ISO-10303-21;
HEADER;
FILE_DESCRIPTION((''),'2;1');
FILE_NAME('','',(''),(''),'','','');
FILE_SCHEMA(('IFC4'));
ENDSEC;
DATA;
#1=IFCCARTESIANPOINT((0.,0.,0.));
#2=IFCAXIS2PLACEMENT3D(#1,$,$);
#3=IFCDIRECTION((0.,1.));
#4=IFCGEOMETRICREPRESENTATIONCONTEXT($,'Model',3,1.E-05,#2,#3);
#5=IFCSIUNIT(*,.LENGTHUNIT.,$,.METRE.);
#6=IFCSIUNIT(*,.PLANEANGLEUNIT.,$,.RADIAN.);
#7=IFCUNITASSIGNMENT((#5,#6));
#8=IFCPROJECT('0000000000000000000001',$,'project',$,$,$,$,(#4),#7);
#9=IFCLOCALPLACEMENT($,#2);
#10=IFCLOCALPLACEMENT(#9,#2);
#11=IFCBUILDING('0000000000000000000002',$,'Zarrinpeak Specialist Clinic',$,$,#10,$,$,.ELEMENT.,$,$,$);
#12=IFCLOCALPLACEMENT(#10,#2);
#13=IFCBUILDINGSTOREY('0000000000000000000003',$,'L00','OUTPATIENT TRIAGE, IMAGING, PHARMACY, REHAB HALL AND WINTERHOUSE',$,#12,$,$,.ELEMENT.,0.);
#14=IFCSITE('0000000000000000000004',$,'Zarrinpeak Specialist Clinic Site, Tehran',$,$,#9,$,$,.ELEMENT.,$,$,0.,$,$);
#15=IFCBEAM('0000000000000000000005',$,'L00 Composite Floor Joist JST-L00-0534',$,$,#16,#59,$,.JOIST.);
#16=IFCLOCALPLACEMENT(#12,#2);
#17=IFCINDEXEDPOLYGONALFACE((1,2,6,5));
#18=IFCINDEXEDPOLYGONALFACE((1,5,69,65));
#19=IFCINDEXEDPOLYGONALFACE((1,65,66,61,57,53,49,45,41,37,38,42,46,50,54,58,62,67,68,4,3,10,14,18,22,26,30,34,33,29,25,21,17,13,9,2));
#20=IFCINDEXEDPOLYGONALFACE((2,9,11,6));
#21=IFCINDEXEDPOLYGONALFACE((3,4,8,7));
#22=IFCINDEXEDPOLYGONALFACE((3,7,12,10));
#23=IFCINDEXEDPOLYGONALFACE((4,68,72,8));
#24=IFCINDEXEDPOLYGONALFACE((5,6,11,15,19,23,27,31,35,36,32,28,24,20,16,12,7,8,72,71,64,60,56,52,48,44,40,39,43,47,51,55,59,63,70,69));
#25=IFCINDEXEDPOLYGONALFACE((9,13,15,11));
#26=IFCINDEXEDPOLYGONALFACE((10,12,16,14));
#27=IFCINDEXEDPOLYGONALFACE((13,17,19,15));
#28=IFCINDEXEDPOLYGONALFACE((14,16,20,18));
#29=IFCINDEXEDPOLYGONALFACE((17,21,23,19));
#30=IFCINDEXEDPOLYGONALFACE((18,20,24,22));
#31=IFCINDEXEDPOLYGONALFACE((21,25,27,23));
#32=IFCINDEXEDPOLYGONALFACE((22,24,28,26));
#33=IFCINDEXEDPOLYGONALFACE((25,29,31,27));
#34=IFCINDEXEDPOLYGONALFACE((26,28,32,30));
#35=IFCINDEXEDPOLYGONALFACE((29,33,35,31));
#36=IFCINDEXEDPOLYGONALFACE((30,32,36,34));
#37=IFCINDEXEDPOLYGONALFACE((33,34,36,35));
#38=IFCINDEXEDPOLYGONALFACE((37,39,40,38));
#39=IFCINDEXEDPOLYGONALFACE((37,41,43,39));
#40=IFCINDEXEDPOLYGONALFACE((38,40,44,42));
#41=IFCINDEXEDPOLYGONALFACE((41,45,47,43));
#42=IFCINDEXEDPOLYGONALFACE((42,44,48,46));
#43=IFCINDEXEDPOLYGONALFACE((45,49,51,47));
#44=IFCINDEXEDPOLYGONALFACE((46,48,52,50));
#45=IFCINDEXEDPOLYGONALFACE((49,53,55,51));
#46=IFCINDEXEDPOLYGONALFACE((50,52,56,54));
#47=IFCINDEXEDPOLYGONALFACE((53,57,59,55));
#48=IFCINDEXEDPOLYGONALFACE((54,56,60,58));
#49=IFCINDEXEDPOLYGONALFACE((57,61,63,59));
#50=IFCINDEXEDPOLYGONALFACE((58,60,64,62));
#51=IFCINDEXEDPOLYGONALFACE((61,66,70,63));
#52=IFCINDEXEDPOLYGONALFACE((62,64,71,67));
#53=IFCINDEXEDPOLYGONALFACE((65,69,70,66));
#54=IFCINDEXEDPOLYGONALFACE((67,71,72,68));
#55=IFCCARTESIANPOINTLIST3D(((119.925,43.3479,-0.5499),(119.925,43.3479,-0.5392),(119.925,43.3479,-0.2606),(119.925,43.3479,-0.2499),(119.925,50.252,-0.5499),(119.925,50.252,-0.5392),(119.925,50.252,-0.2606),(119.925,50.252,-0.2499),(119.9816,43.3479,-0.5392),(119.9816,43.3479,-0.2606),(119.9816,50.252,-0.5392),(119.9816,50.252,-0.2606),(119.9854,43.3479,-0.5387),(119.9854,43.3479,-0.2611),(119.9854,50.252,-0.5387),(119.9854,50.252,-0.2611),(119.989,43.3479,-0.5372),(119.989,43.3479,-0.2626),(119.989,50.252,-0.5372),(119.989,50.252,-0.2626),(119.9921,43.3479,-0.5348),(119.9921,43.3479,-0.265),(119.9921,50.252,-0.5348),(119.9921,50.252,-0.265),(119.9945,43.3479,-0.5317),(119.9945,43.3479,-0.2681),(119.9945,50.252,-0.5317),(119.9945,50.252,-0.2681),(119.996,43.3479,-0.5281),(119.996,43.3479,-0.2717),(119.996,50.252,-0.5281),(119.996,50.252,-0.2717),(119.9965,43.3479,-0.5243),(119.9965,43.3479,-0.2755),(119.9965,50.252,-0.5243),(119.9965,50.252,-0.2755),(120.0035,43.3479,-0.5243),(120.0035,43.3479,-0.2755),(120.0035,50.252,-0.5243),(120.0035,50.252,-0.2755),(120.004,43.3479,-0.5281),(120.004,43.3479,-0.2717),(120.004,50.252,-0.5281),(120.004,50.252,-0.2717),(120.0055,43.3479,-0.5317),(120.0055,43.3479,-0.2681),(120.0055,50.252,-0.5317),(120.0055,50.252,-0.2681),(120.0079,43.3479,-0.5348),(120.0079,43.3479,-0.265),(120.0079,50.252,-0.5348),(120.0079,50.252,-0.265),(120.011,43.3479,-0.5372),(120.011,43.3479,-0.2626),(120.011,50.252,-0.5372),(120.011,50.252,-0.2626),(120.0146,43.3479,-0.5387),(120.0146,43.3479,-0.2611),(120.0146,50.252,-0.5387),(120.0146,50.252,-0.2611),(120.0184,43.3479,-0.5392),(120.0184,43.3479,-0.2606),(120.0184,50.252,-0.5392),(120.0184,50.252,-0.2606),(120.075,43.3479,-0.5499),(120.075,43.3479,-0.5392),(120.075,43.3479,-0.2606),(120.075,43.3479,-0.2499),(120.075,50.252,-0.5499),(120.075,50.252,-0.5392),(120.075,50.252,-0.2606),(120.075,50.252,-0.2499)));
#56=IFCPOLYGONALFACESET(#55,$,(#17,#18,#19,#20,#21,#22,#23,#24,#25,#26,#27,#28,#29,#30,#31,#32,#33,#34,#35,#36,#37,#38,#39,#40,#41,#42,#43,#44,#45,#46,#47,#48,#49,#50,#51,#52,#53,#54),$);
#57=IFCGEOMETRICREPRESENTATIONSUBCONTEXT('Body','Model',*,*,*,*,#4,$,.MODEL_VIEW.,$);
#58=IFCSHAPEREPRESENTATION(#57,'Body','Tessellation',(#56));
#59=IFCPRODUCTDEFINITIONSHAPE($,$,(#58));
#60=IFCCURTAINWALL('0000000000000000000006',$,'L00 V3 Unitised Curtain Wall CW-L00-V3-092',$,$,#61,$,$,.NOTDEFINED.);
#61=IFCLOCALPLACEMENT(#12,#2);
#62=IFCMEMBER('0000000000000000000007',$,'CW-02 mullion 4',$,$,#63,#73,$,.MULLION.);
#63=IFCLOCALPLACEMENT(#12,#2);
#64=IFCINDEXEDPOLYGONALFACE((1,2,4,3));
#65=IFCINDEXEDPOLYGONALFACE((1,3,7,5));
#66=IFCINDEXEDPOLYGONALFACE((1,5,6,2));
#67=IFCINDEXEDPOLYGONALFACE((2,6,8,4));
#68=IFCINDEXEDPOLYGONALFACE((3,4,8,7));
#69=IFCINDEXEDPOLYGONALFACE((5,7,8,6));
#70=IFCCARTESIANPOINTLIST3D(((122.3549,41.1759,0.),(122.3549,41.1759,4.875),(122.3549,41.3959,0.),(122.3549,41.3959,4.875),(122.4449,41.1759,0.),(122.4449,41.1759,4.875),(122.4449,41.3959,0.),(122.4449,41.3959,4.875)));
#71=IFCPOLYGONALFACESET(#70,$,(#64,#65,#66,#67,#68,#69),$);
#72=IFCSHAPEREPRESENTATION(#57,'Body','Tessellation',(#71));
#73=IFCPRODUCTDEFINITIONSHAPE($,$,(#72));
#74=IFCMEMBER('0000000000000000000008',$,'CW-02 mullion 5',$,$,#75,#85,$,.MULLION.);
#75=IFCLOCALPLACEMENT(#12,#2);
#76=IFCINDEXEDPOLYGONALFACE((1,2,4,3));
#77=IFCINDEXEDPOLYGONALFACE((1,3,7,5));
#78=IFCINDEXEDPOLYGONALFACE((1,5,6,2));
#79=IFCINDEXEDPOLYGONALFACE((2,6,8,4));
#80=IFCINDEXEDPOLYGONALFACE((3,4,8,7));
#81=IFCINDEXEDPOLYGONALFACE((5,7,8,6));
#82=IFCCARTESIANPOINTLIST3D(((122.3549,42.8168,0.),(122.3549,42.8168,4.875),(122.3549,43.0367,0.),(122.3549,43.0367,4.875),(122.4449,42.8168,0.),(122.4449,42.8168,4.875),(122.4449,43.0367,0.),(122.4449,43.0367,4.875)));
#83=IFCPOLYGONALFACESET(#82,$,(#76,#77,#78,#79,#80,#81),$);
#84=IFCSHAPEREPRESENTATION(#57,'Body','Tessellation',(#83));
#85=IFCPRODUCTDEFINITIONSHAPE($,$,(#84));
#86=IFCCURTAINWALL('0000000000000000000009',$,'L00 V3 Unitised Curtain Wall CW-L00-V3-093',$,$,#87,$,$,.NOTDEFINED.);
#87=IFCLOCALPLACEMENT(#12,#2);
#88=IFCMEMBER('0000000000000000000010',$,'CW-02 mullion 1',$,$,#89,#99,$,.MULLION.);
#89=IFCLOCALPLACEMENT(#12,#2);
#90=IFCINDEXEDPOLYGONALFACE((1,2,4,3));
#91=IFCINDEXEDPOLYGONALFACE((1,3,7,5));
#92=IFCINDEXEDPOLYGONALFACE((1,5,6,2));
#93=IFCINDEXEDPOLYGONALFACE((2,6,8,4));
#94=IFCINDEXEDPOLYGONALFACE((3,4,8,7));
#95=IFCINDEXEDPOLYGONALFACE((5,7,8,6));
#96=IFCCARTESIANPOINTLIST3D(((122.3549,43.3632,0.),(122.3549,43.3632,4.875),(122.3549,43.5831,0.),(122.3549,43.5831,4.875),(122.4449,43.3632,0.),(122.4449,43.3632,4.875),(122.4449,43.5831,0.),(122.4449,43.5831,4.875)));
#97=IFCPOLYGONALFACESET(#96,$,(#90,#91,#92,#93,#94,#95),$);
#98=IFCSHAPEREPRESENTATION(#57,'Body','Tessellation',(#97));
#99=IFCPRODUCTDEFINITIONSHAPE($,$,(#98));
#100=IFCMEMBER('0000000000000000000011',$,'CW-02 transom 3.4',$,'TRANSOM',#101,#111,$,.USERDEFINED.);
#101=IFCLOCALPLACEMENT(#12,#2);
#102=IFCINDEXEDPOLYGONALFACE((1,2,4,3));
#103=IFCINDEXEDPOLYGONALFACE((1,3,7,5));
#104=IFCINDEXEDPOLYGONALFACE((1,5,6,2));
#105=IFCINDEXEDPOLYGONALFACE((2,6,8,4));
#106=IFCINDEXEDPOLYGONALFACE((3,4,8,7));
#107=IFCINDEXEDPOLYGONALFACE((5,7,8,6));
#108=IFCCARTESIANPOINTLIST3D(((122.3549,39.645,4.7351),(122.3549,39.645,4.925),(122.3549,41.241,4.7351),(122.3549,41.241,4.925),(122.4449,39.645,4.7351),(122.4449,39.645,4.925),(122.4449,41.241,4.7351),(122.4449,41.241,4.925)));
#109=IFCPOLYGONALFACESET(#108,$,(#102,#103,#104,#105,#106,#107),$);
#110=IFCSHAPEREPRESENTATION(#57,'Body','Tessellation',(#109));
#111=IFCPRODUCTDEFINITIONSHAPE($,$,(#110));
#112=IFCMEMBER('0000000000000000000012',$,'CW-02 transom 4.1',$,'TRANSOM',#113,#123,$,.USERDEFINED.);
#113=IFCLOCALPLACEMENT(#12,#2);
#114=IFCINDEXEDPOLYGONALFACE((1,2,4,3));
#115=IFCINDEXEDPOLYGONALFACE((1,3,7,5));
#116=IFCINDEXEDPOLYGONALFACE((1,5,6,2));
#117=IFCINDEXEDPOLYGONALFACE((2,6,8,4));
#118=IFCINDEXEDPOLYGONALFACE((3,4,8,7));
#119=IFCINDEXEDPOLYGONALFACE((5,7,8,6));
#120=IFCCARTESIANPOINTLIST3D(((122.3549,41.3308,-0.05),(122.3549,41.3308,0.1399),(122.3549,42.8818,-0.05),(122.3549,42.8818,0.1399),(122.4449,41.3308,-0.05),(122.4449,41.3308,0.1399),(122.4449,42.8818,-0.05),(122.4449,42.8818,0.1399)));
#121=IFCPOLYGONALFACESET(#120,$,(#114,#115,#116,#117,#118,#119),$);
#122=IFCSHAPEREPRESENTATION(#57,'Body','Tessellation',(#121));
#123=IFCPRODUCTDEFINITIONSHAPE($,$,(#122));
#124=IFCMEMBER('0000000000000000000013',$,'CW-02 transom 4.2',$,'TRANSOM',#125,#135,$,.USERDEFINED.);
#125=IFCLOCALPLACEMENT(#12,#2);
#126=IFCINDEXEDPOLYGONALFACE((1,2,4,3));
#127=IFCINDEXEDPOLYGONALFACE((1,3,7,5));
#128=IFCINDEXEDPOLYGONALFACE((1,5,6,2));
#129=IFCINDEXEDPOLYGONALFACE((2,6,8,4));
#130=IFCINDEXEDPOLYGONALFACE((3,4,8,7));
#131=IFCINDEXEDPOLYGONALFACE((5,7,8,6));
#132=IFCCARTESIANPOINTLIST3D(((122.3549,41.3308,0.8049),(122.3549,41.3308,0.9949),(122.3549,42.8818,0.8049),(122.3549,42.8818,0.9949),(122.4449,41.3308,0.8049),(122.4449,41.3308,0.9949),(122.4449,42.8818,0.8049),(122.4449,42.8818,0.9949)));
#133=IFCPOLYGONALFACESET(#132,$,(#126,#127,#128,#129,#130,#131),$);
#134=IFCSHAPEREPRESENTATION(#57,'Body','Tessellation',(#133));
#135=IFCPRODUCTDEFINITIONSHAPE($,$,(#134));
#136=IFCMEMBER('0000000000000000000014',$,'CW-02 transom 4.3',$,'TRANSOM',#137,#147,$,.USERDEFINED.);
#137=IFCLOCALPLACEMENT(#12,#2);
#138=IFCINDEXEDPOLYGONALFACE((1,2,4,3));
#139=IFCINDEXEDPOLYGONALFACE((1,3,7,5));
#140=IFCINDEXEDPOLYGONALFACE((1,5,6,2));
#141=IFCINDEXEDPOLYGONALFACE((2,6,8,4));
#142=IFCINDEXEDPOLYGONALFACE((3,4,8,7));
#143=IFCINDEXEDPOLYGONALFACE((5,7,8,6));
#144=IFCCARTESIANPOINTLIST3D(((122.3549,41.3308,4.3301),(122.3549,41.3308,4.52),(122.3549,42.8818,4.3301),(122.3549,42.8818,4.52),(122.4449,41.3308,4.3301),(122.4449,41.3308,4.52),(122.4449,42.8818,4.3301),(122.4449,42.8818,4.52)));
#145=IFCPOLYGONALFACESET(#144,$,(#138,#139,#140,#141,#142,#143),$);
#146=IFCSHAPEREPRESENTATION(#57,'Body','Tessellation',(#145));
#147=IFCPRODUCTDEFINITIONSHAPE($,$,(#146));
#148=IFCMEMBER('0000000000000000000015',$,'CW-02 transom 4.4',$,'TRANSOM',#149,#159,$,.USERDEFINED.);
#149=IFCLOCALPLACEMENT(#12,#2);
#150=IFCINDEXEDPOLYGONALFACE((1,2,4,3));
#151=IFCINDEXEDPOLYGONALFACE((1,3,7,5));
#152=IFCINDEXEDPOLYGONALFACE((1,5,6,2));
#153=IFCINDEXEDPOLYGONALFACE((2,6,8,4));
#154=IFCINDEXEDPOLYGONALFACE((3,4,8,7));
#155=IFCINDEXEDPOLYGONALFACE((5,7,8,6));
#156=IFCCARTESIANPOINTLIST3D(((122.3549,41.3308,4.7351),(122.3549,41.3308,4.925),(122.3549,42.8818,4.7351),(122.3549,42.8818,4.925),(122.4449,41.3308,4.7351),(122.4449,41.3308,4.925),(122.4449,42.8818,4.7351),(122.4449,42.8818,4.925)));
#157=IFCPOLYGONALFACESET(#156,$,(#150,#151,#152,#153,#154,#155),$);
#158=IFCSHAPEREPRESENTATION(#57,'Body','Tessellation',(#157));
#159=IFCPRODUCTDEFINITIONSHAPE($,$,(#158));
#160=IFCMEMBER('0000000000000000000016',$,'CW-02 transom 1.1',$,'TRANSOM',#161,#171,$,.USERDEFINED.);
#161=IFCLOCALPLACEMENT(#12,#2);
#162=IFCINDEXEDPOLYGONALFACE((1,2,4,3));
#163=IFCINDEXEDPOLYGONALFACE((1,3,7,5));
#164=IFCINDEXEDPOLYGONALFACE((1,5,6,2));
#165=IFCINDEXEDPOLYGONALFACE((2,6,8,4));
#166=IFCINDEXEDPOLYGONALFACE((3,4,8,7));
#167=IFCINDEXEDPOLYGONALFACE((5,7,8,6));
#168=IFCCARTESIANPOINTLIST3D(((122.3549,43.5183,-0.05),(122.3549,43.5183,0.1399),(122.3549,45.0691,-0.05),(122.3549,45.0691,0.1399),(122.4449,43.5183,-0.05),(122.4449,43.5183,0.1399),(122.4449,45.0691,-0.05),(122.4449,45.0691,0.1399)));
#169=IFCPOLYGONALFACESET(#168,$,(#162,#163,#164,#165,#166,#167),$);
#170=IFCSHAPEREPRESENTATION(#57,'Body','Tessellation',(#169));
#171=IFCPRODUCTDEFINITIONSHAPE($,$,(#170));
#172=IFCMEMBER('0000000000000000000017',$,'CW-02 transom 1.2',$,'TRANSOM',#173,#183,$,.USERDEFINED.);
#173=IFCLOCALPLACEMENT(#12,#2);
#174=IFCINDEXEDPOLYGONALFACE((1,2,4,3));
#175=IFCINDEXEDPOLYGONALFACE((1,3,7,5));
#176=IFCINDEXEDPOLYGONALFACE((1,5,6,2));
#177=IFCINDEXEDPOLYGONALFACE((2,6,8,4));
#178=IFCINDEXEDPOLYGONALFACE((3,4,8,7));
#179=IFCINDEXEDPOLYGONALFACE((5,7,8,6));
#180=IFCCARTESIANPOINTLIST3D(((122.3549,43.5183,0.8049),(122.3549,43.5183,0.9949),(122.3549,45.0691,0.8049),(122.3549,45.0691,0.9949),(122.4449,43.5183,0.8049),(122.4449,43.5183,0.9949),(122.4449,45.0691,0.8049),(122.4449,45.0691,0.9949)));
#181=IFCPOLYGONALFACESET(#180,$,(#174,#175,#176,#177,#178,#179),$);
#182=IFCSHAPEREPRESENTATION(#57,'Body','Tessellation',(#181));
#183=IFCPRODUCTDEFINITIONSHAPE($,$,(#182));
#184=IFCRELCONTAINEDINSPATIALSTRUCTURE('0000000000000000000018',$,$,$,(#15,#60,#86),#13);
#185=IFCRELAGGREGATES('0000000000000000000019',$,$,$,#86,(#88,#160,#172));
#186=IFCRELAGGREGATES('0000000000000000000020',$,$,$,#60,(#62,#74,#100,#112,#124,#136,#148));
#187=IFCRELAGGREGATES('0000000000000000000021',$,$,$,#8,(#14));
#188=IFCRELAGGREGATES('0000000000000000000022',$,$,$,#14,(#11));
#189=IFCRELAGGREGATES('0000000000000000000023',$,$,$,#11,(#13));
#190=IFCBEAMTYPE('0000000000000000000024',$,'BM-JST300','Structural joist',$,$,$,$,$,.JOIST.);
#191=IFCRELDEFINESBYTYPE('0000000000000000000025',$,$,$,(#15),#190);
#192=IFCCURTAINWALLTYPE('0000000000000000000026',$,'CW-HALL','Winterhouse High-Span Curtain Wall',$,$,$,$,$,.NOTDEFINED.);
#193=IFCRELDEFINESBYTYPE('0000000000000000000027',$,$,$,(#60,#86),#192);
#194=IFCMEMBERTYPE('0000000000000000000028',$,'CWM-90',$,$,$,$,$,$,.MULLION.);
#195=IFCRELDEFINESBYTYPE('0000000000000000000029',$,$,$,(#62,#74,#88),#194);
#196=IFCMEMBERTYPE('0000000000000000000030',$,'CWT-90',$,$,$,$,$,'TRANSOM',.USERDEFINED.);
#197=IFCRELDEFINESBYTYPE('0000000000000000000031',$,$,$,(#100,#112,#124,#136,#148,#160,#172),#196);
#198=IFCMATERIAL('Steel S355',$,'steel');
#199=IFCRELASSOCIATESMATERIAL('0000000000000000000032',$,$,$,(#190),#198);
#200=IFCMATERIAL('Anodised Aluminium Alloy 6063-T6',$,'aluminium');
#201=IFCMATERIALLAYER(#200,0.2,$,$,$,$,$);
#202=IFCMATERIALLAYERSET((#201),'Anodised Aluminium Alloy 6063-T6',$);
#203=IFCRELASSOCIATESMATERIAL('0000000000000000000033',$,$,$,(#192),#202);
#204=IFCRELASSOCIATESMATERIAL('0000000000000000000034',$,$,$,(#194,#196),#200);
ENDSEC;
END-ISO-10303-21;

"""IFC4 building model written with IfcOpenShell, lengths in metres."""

from ifc_helpers import new_model, si_unit, direction, frame, origin, origin_2d, place, context, subcontext, project, spatial, rectangle, i_section, extrude, material, layer, layer_set, material_profile, profile_set, type_object, element, aggregate, save


model = new_model("IFC4")

# Units and contexts
model_context = context("Model", 3, precision=1e-05, world=origin(), true_north=direction((0.0, 1.0)))
body_context = subcontext(model_context, "Body", "Model", "MODEL_VIEW")
ifc_project = project(units=[si_unit("LENGTHUNIT", "METRE"), si_unit("PLANEANGLEUNIT", "RADIAN")], contexts=[model_context])

# Site, building, storey
site_placement = place(None, origin())
site = spatial("IfcSite", under=ifc_project, at=site_placement, Name="Zarrinpeak Specialist Clinic Site, Tehran", CompositionType="ELEMENT", RefElevation=0.0)
building_placement = place(site_placement, origin())
building = spatial("IfcBuilding", under=site, at=building_placement, Name="Zarrinpeak Specialist Clinic", CompositionType="ELEMENT")
storey_placement = place(building_placement, origin())
storey = spatial("IfcBuildingStorey", under=building, at=storey_placement, Name="L00", Description="OUTPATIENT TRIAGE, IMAGING, PHARMACY, REHAB HALL AND WINTERHOUSE", CompositionType="ELEMENT", Elevation=0.0)

# Shared definitions
ifc_material_1 = material(Name="Steel S355", Category="steel")

# Beam
ifc_material_profile_1 = material_profile(ifc_material_1, i_section(OverallWidth=0.1499, OverallDepth=0.3, WebThickness=0.0071, FlangeThickness=0.0107, FilletRadius=0.0149, at=origin_2d()), Name="IPE 300")
ifc_profile_set_1 = profile_set([ifc_material_profile_1], Name="Steel S355")
beam_type_1 = type_object("IfcBeamType", Name="BM-JST300", Description="Structural joist", PredefinedType="JOIST", material=ifc_profile_set_1)
for number, where, z_axis, x_axis, name in (
    (1, (120.0, 43.3479, -0.3999), (0.0, 1.0, 0.0), (-1.0, 0.0, 0.0), "L00 Composite Floor Joist JST-L00-0534"),
):
    element("IfcBeam", number, at=place(storey_placement, frame(where, z_axis=z_axis, x_axis=x_axis)), inside=storey, type_object=beam_type_1, Name=name, PredefinedType="JOIST", context=body_context, shape_type="SweptSolid", body=[
        extrude(i_section(OverallWidth=0.1499, OverallDepth=0.3, WebThickness=0.0071, FlangeThickness=0.0107, FilletRadius=0.0149, at=origin_2d()), origin(), (0.0, 0.0, 1.0), 6.9041),
    ])

# Curtain wall, members
ifc_material_2 = material(Name="Anodised Aluminium Alloy 6063-T6", Category="aluminium")
ifc_layer_1 = layer(ifc_material_2, 0.2)
ifc_layer_set_1 = layer_set([ifc_layer_1], Name="Anodised Aluminium Alloy 6063-T6")
curtain_wall_type = type_object("IfcCurtainWallType", Name="CW-HALL", Description="Winterhouse High-Span Curtain Wall", PredefinedType="NOTDEFINED", material=ifc_layer_set_1)
curtain_wall_1_placement = place(storey_placement, origin())
curtain_wall_1 = element("IfcCurtainWall", 2, at=curtain_wall_1_placement, inside=storey, type_object=curtain_wall_type, Name="L00 V3 Unitised Curtain Wall CW-L00-V3-092", PredefinedType="NOTDEFINED")
ifc_material_profile_2 = material_profile(ifc_material_2, rectangle(XDim=0.0901, YDim=0.22, at=origin_2d()), Name="ALU 90x220")
ifc_profile_set_2 = profile_set([ifc_material_profile_2], Name="Anodised Aluminium Alloy 6063-T6")
member_type_1 = type_object("IfcMemberType", Name="CWM-90", PredefinedType="MULLION", material=ifc_profile_set_2)
member_1_placement = place(storey_placement, frame((122.3999, 41.2859, 0.0), z_axis=(0.0, 0.0, 1.0), x_axis=(-1.0, 0.0, 0.0)))
member_1 = element("IfcMember", 3, at=member_1_placement, type_object=member_type_1, Name="CW-02 mullion 4", PredefinedType="MULLION", context=body_context, shape_type="SweptSolid", body=[
    extrude(rectangle(XDim=0.0901, YDim=0.22, at=origin_2d()), origin(), (0.0, 0.0, 1.0), 4.875),
])
member_2_placement = place(storey_placement, frame((122.3999, 42.9268, 0.0), z_axis=(0.0, 0.0, 1.0), x_axis=(-1.0, 0.0, 0.0)))
member_2 = element("IfcMember", 4, at=member_2_placement, type_object=member_type_1, Name="CW-02 mullion 5", PredefinedType="MULLION", context=body_context, shape_type="SweptSolid", body=[
    extrude(rectangle(XDim=0.0901, YDim=0.22, at=origin_2d()), origin(), (0.0, 0.0, 1.0), 4.875),
])

# Curtain wall, member
curtain_wall_2_placement = place(storey_placement, origin())
curtain_wall_2 = element("IfcCurtainWall", 5, at=curtain_wall_2_placement, inside=storey, type_object=curtain_wall_type, Name="L00 V3 Unitised Curtain Wall CW-L00-V3-093", PredefinedType="NOTDEFINED")
member_3_placement = place(storey_placement, frame((122.3999, 43.4731, 0.0), z_axis=(0.0, 0.0, 1.0), x_axis=(-1.0, 0.0, 0.0)))
member_3 = element("IfcMember", 6, at=member_3_placement, type_object=member_type_1, Name="CW-02 mullion 1", PredefinedType="MULLION", context=body_context, shape_type="SweptSolid", body=[
    extrude(rectangle(XDim=0.0901, YDim=0.22, at=origin_2d()), origin(), (0.0, 0.0, 1.0), 4.875),
])

# Members
ifc_material_profile_3 = material_profile(ifc_material_2, rectangle(XDim=0.0901, YDim=0.1899, at=origin_2d()), Name="ALU 90x190")
ifc_profile_set_3 = profile_set([ifc_material_profile_3], Name="Anodised Aluminium Alloy 6063-T6")
member_type_2 = type_object("IfcMemberType", Name="CWT-90", ElementType="TRANSOM", PredefinedType="USERDEFINED", material=ifc_profile_set_3)
member_4_placement = place(storey_placement, frame((122.3999, 39.645, 4.8301), z_axis=(0.0, 1.0, 0.0), x_axis=(-1.0, 0.0, 0.0)))
member_4 = element("IfcMember", 7, at=member_4_placement, type_object=member_type_2, Name="CW-02 transom 3.4", ObjectType="TRANSOM", PredefinedType="USERDEFINED", context=body_context, shape_type="SweptSolid", body=[
    extrude(rectangle(XDim=0.0901, YDim=0.1899, at=origin_2d()), origin(), (0.0, 0.0, 1.0), 1.5959),
])
member_5_placement = place(storey_placement, frame((122.3999, 41.3308, 0.0449), z_axis=(0.0, 1.0, 0.0), x_axis=(-1.0, 0.0, 0.0)))
member_5 = element("IfcMember", 8, at=member_5_placement, type_object=member_type_2, Name="CW-02 transom 4.1", ObjectType="TRANSOM", PredefinedType="USERDEFINED", context=body_context, shape_type="SweptSolid", body=[
    extrude(rectangle(XDim=0.0901, YDim=0.1899, at=origin_2d()), origin(), (0.0, 0.0, 1.0), 1.551),
])
member_6_placement = place(storey_placement, frame((122.3999, 41.3308, 0.8999), z_axis=(0.0, 1.0, 0.0), x_axis=(-1.0, 0.0, 0.0)))
member_6 = element("IfcMember", 9, at=member_6_placement, type_object=member_type_2, Name="CW-02 transom 4.2", ObjectType="TRANSOM", PredefinedType="USERDEFINED", context=body_context, shape_type="SweptSolid", body=[
    extrude(rectangle(XDim=0.0901, YDim=0.1899, at=origin_2d()), origin(), (0.0, 0.0, 1.0), 1.551),
])
member_7_placement = place(storey_placement, frame((122.3999, 41.3308, 4.425), z_axis=(0.0, 1.0, 0.0), x_axis=(-1.0, 0.0, 0.0)))
member_7 = element("IfcMember", 10, at=member_7_placement, type_object=member_type_2, Name="CW-02 transom 4.3", ObjectType="TRANSOM", PredefinedType="USERDEFINED", context=body_context, shape_type="SweptSolid", body=[
    extrude(rectangle(XDim=0.0901, YDim=0.1899, at=origin_2d()), origin(), (0.0, 0.0, 1.0), 1.551),
])
member_8_placement = place(storey_placement, frame((122.3999, 41.3308, 4.8301), z_axis=(0.0, 1.0, 0.0), x_axis=(-1.0, 0.0, 0.0)))
member_8 = element("IfcMember", 11, at=member_8_placement, type_object=member_type_2, Name="CW-02 transom 4.4", ObjectType="TRANSOM", PredefinedType="USERDEFINED", context=body_context, shape_type="SweptSolid", body=[
    extrude(rectangle(XDim=0.0901, YDim=0.1899, at=origin_2d()), origin(), (0.0, 0.0, 1.0), 1.551),
])
member_9_placement = place(storey_placement, frame((122.3999, 43.5183, 0.0449), z_axis=(0.0, 1.0, 0.0), x_axis=(-1.0, 0.0, 0.0)))
member_9 = element("IfcMember", 12, at=member_9_placement, type_object=member_type_2, Name="CW-02 transom 1.1", ObjectType="TRANSOM", PredefinedType="USERDEFINED", context=body_context, shape_type="SweptSolid", body=[
    extrude(rectangle(XDim=0.0901, YDim=0.1899, at=origin_2d()), origin(), (0.0, 0.0, 1.0), 1.5508),
])
member_10_placement = place(storey_placement, frame((122.3999, 43.5183, 0.8999), z_axis=(0.0, 1.0, 0.0), x_axis=(-1.0, 0.0, 0.0)))
member_10 = element("IfcMember", 13, at=member_10_placement, type_object=member_type_2, Name="CW-02 transom 1.2", ObjectType="TRANSOM", PredefinedType="USERDEFINED", context=body_context, shape_type="SweptSolid", body=[
    extrude(rectangle(XDim=0.0901, YDim=0.1899, at=origin_2d()), origin(), (0.0, 0.0, 1.0), 1.5508),
])
aggregate(curtain_wall_2, [member_3, member_9, member_10])

aggregate(curtain_wall_1, [member_1, member_2, member_4, member_5, member_6, member_7, member_8])

save(model, "model.ifc")
